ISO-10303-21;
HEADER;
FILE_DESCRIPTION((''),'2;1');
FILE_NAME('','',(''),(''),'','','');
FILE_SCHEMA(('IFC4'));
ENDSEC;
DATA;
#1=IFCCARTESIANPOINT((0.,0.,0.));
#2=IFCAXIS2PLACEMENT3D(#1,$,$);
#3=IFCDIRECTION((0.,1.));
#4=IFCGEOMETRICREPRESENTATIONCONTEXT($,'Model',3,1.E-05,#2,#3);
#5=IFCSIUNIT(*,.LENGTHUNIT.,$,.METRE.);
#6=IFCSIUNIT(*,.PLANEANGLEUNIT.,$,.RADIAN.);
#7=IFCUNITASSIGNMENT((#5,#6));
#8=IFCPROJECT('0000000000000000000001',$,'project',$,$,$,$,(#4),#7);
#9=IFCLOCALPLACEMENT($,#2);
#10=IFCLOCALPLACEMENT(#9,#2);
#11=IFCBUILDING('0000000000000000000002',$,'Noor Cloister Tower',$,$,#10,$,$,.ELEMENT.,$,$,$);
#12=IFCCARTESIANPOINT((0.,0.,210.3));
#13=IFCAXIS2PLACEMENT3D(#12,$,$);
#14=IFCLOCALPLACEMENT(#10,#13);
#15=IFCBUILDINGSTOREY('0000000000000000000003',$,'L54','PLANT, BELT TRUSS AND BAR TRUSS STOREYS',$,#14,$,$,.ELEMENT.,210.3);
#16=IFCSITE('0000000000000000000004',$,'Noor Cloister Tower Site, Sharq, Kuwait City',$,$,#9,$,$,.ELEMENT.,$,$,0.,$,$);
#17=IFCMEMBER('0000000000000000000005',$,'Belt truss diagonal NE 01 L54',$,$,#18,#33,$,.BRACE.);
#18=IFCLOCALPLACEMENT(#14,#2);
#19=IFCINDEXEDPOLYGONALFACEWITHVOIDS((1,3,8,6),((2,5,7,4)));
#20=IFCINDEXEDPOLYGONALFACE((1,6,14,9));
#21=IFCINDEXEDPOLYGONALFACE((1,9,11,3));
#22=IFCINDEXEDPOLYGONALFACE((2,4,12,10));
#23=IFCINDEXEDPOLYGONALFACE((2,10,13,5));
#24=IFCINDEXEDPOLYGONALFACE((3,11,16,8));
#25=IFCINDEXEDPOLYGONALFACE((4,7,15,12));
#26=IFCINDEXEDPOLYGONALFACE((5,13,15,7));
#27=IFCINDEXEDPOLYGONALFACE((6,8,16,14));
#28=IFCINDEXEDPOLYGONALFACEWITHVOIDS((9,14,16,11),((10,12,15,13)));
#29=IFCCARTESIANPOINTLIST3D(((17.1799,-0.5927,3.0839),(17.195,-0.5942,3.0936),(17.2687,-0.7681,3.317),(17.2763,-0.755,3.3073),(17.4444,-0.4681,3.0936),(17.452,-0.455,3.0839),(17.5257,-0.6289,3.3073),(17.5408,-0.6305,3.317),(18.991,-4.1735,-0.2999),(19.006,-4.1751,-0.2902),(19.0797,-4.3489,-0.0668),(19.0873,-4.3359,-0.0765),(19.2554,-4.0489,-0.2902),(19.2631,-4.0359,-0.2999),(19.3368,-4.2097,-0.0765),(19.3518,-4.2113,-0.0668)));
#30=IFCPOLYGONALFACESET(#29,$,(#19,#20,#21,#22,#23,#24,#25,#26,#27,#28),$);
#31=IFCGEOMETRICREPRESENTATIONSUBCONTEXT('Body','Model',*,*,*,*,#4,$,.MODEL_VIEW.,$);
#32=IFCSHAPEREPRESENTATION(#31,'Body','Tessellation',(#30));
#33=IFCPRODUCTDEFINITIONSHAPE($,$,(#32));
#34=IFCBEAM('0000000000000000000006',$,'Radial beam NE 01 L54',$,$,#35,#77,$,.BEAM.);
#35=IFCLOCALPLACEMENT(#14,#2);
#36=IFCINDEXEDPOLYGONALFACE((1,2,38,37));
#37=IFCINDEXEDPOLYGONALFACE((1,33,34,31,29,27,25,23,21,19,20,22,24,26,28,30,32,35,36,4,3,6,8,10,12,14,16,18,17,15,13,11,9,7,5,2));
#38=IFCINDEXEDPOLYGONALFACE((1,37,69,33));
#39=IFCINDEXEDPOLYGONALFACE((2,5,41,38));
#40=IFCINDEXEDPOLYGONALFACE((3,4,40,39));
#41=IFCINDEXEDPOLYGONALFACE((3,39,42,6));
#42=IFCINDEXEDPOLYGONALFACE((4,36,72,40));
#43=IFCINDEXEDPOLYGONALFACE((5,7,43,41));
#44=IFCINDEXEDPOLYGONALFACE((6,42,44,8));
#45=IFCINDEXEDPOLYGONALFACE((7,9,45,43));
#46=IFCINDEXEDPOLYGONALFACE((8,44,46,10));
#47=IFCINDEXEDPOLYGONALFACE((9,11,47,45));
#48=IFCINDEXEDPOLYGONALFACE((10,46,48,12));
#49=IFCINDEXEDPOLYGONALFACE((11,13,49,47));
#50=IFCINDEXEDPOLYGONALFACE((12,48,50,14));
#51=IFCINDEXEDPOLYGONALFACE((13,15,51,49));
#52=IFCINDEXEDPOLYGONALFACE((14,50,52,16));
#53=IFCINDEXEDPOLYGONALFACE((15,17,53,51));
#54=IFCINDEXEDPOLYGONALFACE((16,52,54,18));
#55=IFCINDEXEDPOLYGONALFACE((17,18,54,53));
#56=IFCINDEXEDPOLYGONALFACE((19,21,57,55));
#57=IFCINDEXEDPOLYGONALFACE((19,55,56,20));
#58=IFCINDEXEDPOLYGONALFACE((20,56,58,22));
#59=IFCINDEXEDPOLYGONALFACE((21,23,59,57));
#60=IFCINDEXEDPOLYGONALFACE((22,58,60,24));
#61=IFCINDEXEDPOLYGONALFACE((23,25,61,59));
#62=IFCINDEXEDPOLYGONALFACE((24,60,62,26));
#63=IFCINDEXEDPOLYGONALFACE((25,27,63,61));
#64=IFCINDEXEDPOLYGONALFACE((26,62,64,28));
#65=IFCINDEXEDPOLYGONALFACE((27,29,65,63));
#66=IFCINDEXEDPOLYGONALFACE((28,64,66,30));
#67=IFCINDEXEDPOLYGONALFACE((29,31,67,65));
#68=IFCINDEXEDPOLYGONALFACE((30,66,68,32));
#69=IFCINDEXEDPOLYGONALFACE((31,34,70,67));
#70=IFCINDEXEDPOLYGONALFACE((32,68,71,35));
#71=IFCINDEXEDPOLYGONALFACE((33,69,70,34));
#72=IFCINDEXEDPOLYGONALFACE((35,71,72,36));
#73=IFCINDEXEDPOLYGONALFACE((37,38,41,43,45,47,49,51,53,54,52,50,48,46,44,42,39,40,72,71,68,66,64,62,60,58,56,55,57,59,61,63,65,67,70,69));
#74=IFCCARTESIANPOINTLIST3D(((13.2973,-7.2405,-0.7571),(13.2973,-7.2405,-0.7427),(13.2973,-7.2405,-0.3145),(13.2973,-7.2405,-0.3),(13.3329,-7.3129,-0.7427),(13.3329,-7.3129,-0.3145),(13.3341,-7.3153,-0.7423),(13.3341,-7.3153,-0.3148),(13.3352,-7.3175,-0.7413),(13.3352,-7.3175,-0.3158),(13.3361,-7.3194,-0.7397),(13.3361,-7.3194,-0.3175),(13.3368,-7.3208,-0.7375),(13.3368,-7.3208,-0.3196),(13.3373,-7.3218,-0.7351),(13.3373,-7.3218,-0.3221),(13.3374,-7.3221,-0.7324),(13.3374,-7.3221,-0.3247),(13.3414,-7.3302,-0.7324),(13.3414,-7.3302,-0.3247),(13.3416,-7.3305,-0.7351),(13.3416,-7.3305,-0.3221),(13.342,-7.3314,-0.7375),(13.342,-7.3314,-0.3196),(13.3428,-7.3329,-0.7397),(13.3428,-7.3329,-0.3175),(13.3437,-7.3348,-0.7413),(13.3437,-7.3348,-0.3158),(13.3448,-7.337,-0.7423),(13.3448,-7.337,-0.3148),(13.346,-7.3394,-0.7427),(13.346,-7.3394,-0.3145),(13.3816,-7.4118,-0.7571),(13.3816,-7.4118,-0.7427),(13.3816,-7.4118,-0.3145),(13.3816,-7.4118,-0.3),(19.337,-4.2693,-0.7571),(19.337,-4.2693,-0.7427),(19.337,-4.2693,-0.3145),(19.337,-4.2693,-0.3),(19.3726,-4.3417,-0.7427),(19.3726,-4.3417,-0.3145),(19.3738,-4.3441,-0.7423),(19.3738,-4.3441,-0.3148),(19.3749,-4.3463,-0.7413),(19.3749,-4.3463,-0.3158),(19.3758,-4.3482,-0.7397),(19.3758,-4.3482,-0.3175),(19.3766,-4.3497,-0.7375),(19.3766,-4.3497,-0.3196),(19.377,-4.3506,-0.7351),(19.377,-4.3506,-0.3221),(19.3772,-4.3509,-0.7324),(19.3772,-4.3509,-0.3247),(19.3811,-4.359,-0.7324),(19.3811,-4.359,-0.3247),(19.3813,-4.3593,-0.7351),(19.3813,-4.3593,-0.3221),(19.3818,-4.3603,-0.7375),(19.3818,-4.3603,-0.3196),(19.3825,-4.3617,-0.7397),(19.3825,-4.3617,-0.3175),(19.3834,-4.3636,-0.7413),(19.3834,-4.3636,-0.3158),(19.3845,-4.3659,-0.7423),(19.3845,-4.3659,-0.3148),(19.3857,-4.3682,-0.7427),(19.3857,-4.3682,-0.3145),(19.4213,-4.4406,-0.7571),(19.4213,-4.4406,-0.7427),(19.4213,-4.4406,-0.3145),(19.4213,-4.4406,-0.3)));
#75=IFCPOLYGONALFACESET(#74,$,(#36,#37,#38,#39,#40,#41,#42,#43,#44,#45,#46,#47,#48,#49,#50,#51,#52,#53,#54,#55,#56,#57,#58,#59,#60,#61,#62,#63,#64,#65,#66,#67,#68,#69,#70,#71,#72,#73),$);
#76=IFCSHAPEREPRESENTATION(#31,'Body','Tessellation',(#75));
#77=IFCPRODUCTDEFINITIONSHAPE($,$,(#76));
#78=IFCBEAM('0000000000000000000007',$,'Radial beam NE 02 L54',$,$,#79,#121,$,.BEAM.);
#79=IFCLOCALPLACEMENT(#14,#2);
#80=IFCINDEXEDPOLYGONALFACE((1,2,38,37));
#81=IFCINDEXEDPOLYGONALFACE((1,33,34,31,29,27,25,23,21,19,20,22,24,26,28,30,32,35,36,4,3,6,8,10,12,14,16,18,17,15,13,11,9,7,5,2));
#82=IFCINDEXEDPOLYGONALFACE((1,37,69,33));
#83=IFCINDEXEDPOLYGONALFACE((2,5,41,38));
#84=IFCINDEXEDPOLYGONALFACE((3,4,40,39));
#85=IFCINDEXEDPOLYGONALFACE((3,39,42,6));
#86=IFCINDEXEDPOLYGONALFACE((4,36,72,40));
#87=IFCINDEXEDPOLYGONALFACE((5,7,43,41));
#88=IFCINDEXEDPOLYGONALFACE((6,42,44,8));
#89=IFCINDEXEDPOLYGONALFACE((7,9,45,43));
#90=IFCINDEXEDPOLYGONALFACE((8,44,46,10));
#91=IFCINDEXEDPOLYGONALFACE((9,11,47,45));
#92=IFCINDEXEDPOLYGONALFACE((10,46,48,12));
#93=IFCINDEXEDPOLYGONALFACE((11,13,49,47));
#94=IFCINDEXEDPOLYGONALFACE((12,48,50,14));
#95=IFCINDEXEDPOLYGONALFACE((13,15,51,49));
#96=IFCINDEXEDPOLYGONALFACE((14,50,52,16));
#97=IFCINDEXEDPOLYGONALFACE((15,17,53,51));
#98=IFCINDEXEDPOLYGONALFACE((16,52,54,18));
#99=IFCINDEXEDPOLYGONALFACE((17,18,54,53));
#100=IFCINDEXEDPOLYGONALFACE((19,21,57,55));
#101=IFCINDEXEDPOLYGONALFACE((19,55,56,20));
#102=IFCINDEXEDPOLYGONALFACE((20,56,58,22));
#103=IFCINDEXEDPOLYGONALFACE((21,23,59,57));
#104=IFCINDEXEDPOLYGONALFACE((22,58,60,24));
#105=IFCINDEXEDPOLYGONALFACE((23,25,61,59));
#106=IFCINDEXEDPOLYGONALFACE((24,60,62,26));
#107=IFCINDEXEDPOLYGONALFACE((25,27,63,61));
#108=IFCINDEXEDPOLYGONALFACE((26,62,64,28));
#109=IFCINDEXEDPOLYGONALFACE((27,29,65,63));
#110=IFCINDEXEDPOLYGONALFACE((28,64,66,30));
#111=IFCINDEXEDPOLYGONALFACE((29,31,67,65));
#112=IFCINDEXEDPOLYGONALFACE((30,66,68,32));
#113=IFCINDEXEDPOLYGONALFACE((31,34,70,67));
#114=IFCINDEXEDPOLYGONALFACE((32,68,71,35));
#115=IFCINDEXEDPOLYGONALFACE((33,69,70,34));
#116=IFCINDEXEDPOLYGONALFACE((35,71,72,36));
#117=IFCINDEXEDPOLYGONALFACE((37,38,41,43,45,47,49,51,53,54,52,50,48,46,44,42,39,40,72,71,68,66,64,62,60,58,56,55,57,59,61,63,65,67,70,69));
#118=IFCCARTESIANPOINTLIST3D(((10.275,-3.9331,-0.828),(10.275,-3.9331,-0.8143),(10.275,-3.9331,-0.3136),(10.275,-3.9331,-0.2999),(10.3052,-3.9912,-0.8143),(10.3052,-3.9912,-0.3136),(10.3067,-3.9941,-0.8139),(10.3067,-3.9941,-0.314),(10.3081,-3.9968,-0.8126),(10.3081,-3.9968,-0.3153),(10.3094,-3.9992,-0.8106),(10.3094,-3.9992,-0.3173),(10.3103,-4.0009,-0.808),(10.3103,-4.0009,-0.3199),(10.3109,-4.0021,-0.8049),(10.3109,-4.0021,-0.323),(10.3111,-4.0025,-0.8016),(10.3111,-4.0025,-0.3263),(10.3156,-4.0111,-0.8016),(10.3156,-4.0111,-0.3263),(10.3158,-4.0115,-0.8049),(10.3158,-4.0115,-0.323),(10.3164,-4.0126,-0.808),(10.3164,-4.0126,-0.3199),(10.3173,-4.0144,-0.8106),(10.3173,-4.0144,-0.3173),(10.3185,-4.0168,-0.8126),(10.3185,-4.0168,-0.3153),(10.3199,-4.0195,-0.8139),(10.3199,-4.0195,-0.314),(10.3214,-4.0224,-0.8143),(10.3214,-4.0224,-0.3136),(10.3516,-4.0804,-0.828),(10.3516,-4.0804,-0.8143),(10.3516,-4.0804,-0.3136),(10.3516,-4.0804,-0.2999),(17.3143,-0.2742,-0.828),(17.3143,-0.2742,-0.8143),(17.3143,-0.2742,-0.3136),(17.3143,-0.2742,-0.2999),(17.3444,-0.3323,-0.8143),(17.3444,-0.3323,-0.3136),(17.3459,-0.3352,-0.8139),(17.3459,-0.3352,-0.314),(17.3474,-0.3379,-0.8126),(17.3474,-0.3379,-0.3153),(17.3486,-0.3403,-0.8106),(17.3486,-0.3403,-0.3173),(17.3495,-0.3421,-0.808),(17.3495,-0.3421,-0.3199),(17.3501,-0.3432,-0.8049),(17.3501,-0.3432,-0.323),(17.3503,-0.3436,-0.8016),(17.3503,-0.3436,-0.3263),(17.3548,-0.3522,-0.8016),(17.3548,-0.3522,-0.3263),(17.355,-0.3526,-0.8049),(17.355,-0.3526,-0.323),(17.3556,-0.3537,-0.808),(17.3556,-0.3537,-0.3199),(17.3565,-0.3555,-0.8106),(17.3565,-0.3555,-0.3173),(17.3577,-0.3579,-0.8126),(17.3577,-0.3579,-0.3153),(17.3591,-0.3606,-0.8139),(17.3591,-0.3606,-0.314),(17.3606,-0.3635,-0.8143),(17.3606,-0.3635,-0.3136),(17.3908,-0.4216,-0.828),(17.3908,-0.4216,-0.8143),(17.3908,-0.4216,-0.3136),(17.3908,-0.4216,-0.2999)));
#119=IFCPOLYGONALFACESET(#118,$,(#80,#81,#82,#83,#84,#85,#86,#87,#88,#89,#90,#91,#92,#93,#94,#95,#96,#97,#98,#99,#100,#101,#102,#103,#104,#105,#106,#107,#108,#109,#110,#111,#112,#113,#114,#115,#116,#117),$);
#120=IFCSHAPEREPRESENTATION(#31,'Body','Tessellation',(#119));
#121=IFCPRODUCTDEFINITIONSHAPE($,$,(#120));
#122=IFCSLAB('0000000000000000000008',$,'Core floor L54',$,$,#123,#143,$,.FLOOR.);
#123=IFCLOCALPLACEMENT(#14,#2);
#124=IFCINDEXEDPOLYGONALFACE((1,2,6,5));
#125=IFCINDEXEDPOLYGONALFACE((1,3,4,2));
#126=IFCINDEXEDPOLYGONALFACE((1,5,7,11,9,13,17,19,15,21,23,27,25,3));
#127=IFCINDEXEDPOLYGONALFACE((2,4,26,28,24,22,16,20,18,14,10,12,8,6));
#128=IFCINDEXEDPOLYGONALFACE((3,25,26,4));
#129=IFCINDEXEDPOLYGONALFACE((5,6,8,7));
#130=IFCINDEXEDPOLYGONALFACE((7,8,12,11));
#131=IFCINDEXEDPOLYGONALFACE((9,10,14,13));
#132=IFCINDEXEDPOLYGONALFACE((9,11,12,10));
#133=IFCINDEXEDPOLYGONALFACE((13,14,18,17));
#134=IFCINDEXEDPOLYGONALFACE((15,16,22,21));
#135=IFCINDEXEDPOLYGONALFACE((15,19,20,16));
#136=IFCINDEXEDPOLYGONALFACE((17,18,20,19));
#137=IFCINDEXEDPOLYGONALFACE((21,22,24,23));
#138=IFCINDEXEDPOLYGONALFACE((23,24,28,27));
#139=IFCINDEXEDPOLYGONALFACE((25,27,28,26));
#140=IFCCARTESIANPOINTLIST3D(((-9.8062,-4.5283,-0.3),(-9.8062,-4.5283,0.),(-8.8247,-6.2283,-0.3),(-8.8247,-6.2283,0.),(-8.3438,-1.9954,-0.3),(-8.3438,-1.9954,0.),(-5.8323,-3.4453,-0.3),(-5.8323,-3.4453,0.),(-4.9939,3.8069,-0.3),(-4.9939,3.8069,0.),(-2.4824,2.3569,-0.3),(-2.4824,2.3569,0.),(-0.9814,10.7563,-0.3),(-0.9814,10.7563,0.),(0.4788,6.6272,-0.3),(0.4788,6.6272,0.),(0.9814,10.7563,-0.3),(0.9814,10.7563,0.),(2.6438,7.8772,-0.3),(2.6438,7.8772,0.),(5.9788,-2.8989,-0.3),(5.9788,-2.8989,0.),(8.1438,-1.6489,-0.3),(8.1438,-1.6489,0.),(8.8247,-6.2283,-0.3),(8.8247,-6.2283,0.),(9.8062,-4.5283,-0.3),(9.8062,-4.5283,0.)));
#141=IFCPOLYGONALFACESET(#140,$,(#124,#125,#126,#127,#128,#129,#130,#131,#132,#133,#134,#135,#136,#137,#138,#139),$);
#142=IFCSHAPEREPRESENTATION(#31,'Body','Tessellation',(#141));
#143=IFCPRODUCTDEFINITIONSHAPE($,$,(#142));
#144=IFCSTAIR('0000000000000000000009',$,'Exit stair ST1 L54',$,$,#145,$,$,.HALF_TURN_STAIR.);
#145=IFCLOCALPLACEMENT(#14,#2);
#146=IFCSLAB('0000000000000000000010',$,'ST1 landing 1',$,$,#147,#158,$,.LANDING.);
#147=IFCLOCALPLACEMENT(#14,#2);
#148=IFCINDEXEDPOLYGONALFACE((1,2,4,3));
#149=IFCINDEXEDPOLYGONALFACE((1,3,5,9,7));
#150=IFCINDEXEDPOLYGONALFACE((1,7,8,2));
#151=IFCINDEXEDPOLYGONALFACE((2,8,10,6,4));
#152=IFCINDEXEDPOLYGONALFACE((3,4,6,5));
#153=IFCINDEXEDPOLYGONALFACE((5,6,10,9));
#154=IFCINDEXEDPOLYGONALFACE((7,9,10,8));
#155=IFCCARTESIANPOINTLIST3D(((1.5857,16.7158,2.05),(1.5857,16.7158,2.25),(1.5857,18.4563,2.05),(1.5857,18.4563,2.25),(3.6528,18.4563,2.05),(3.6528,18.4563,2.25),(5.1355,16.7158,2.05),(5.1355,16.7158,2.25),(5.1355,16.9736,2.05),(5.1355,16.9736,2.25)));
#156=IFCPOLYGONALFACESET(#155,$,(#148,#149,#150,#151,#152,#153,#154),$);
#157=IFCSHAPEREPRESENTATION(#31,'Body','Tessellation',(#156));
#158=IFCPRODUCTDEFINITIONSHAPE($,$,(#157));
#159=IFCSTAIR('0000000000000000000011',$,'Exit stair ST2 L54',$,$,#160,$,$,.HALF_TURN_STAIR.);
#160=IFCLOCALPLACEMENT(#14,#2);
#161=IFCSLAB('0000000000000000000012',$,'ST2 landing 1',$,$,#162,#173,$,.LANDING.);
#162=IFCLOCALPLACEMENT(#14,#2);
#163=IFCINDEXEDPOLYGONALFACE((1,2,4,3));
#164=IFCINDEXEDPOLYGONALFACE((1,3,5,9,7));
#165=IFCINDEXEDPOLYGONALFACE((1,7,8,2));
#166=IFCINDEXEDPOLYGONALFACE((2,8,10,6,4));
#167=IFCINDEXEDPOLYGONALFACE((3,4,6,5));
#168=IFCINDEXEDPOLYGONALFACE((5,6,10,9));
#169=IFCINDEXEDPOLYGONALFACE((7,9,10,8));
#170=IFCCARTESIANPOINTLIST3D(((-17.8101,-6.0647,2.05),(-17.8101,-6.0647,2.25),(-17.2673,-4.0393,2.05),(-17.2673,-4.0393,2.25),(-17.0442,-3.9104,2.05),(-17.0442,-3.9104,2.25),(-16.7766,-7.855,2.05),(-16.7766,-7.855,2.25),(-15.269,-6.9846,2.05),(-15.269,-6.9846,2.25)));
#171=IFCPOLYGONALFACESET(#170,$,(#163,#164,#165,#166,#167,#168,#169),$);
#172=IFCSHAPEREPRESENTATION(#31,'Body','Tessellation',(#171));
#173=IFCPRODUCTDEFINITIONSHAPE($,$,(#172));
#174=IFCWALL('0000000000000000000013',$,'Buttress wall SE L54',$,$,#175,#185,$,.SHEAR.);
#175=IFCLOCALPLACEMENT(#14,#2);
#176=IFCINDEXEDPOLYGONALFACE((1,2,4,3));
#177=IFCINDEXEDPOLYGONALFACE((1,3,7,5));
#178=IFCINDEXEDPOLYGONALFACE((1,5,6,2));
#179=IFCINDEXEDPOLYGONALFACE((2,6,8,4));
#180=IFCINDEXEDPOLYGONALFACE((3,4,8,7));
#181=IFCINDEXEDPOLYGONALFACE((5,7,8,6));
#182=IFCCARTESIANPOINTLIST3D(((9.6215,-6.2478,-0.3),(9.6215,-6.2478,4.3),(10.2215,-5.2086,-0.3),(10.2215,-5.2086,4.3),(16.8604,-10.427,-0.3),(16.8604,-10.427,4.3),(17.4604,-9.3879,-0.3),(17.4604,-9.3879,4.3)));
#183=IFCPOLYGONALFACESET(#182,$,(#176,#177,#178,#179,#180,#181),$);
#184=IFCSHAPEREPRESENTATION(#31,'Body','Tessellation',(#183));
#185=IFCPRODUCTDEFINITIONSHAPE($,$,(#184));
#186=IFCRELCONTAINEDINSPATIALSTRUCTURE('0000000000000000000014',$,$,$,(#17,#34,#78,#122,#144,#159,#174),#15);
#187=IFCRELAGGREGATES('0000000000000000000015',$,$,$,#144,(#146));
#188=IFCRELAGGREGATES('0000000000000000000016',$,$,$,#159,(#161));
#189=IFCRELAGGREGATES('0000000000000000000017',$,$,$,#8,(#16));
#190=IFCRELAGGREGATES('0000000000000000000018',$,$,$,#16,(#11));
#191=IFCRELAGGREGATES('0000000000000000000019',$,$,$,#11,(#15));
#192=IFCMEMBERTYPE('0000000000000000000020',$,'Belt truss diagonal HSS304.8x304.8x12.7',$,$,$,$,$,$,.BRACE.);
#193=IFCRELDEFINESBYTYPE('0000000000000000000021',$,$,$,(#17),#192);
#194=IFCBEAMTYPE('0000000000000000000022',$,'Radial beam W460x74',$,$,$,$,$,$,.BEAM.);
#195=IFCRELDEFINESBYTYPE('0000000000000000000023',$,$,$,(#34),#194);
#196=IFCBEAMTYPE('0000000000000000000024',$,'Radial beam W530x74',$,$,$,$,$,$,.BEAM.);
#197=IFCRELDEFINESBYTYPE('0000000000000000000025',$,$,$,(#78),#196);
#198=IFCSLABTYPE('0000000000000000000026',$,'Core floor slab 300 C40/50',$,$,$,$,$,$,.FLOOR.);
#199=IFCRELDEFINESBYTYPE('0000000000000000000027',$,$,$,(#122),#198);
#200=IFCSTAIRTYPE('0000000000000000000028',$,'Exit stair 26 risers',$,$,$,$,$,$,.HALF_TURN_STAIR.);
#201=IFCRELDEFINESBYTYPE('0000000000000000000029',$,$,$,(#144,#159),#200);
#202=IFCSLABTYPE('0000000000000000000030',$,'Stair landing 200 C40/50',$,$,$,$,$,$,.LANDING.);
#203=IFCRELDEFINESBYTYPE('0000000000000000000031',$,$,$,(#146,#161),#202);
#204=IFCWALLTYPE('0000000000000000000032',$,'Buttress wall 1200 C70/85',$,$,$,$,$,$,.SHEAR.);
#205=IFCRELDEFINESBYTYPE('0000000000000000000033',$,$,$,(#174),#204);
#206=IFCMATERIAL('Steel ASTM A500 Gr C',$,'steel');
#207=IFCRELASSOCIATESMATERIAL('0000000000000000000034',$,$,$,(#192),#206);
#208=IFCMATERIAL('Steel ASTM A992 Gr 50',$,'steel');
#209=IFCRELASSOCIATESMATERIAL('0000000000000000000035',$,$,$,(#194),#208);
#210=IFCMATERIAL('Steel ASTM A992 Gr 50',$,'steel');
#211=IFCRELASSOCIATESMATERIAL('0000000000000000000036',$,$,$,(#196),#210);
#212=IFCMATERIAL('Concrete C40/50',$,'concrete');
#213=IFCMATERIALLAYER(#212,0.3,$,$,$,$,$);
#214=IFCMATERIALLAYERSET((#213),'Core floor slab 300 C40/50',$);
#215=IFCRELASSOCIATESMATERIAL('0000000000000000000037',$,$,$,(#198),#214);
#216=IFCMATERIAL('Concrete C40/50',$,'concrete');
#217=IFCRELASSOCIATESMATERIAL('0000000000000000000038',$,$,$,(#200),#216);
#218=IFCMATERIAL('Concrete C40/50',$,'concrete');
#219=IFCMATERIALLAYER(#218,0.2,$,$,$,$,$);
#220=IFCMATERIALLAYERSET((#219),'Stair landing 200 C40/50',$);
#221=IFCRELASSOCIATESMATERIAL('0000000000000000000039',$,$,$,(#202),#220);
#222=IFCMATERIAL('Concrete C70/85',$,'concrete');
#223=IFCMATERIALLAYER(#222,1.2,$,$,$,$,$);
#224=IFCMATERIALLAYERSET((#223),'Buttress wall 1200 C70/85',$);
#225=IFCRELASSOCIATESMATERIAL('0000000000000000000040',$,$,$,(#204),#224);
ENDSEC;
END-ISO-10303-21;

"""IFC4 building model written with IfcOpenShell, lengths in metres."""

from ifc_helpers import new_model, si_unit, direction, frame, frame_2d, origin, origin_2d, place, context, subcontext, project, spatial, polyline, rectangle, hollow_rectangle, i_section, outline, extrude, material, layer, layer_set, material_profile, profile_set, type_object, element, aggregate, save


model = new_model("IFC4")

# Units and contexts
model_context = context("Model", 3, precision=1e-05, world=origin(), true_north=direction((0.0, 1.0)))
body_context = subcontext(model_context, "Body", "Model", "MODEL_VIEW")
ifc_project = project(units=[si_unit("LENGTHUNIT", "METRE"), si_unit("PLANEANGLEUNIT", "RADIAN")], contexts=[model_context])

# Site, building, storey
site_placement = place(None, origin())
site = spatial("IfcSite", under=ifc_project, at=site_placement, Name="Noor Cloister Tower Site, Sharq, Kuwait City", CompositionType="ELEMENT", RefElevation=0.0)
building_placement = place(site_placement, origin())
building = spatial("IfcBuilding", under=site, at=building_placement, Name="Noor Cloister Tower", CompositionType="ELEMENT")
storey_placement = place(building_placement, frame((0.0, 0.0, 210.3)))
storey = spatial("IfcBuildingStorey", under=building, at=storey_placement, Name="L54", Description="PLANT, BELT TRUSS AND BAR TRUSS STOREYS", CompositionType="ELEMENT", Elevation=210.3)

# Member
ifc_material_1 = material(Name="Steel ASTM A500 Gr C", Category="steel")
ifc_material_profile_1 = material_profile(ifc_material_1, hollow_rectangle(XDim=0.3049, YDim=0.3049, WallThickness=0.0127, at=origin_2d()), Name="HSS304.8x304.8x12.7")
ifc_profile_set_1 = profile_set([ifc_material_profile_1], Name="Steel ASTM A500 Gr C")
member_type = type_object("IfcMemberType", Name="Belt truss diagonal HSS304.8x304.8x12.7", PredefinedType="BRACE", material=ifc_profile_set_1)
member_placement = place(storey_placement, frame((19.1714, -4.1924, -0.1833), z_axis=(-0.345024, 0.682188, 0.644653), x_axis=(-0.892361, -0.451322, 0.0)))
element("IfcMember", 1, at=member_placement, inside=storey, type_object=member_type, Name="Belt truss diagonal NE 01 L54", PredefinedType="BRACE", context=body_context, shape_type="SweptSolid", body=[
    extrude(hollow_rectangle(XDim=0.3049, YDim=0.3049, WallThickness=0.0127, at=origin_2d()), origin(), (0.0, 0.0, 1.0), 5.249),
])

# Beams
ifc_material_2 = material(Name="Steel ASTM A992 Gr 50", Category="steel")
ifc_material_profile_2 = material_profile(ifc_material_2, i_section(OverallWidth=0.1909, OverallDepth=0.457, WebThickness=0.009, FlangeThickness=0.0144, FilletRadius=0.0103, at=origin_2d()), Name="W460x74")
ifc_profile_set_2 = profile_set([ifc_material_profile_2], Name="Steel ASTM A992 Gr 50")
beam_type_1 = type_object("IfcBeamType", Name="Radial beam W460x74", PredefinedType="BEAM", material=ifc_profile_set_2)
beam_1_placement = place(storey_placement, frame((19.3792, -4.355, -0.5286), z_axis=(-0.897303, -0.441415, 0.0), x_axis=(0.441415, -0.897303, 0.0)))
element("IfcBeam", 2, at=beam_1_placement, inside=storey, type_object=beam_type_1, Name="Radial beam NE 01 L54", PredefinedType="BEAM", context=body_context, shape_type="SweptSolid", body=[
    extrude(i_section(OverallWidth=0.1909, OverallDepth=0.457, WebThickness=0.009, FlangeThickness=0.0144, FilletRadius=0.0103, at=origin_2d()), origin(), (0.0, 0.0, 1.0), 6.731),
])
ifc_material_3 = material(Name="Steel ASTM A992 Gr 50", Category="steel")
ifc_material_profile_3 = material_profile(ifc_material_3, i_section(OverallWidth=0.166, OverallDepth=0.5281, WebThickness=0.0098, FlangeThickness=0.0137, FilletRadius=0.0127, at=origin_2d()), Name="W530x74")
ifc_profile_set_3 = profile_set([ifc_material_profile_3], Name="Steel ASTM A992 Gr 50")
beam_type_2 = type_object("IfcBeamType", Name="Radial beam W530x74", PredefinedType="BEAM", material=ifc_profile_set_3)
beam_2_placement = place(storey_placement, frame((17.3525, -0.3479, -0.564), z_axis=(-0.887294, -0.461204, 0.0), x_axis=(0.461204, -0.887294, 0.0)))
element("IfcBeam", 3, at=beam_2_placement, inside=storey, type_object=beam_type_2, Name="Radial beam NE 02 L54", PredefinedType="BEAM", context=body_context, shape_type="SweptSolid", body=[
    extrude(i_section(OverallWidth=0.166, OverallDepth=0.5281, WebThickness=0.0098, FlangeThickness=0.0137, FilletRadius=0.0127, at=origin_2d()), origin(), (0.0, 0.0, 1.0), 7.9333),
])

# Slab
ifc_material_4 = material(Name="Concrete C40/50", Category="concrete")
ifc_layer_1 = layer(ifc_material_4, 0.3)
ifc_layer_set_1 = layer_set([ifc_layer_1], Name="Core floor slab 300 C40/50")
slab_type_1 = type_object("IfcSlabType", Name="Core floor slab 300 C40/50", PredefinedType="FLOOR", material=ifc_layer_set_1)
slab_1_placement = place(storey_placement, frame((0.0, 0.0, -0.3)))
element("IfcSlab", 4, at=slab_1_placement, inside=storey, type_object=slab_type_1, Name="Core floor L54", PredefinedType="FLOOR", context=body_context, shape_type="SweptSolid", body=[
    extrude(outline(polyline([(2.6438, 7.8772), (0.9814, 10.7563), (-0.9814, 10.7563), (-4.9939, 3.8069), (-2.4824, 2.3569), (-5.8323, -3.4453), (-8.3438, -1.9954), (-9.8062, -4.5283), (-8.8247, -6.2283), (8.8247, -6.2283), (9.8062, -4.5283), (8.1438, -1.6489), (5.9788, -2.8989), (0.4788, 6.6272), (2.6438, 7.8772)])), origin(), (0.0, 0.0, 1.0), 0.3),
])

# Stairs, slabs
ifc_material_5 = material(Name="Concrete C40/50", Category="concrete")
stair_type = type_object("IfcStairType", Name="Exit stair 26 risers", PredefinedType="HALF_TURN_STAIR", material=ifc_material_5)
stair_1_placement = place(storey_placement, origin())
stair_1 = element("IfcStair", 5, at=stair_1_placement, inside=storey, type_object=stair_type, Name="Exit stair ST1 L54", PredefinedType="HALF_TURN_STAIR")
ifc_material_6 = material(Name="Concrete C40/50", Category="concrete")
ifc_layer_2 = layer(ifc_material_6, 0.2)
ifc_layer_set_2 = layer_set([ifc_layer_2], Name="Stair landing 200 C40/50")
slab_type_2 = type_object("IfcSlabType", Name="Stair landing 200 C40/50", PredefinedType="LANDING", material=ifc_layer_set_2)
slab_2_placement = place(storey_placement, frame((0.0, 0.0, 2.05)))
slab_2 = element("IfcSlab", 6, at=slab_2_placement, type_object=slab_type_2, Name="ST1 landing 1", PredefinedType="LANDING", context=body_context, shape_type="SweptSolid", body=[
    extrude(outline(polyline([(5.1355, 16.7158), (5.1355, 16.9736), (3.6528, 18.4563), (1.5857, 18.4563), (1.5857, 16.7158), (5.1355, 16.7158)])), origin(), (0.0, 0.0, 1.0), 0.2),
])
aggregate(stair_1, [slab_2])
stair_2_placement = place(storey_placement, origin())
stair_2 = element("IfcStair", 7, at=stair_2_placement, inside=storey, type_object=stair_type, Name="Exit stair ST2 L54", PredefinedType="HALF_TURN_STAIR")
slab_3_placement = place(storey_placement, frame((0.0, 0.0, 2.05)))
slab_3 = element("IfcSlab", 8, at=slab_3_placement, type_object=slab_type_2, Name="ST2 landing 1", PredefinedType="LANDING", context=body_context, shape_type="SweptSolid", body=[
    extrude(outline(polyline([(-17.0442, -3.9104), (-17.2673, -4.0393), (-17.8101, -6.0647), (-16.7766, -7.855), (-15.269, -6.9846), (-17.0442, -3.9104)])), origin(), (0.0, 0.0, 1.0), 0.2),
])
aggregate(stair_2, [slab_3])

# Wall
ifc_material_7 = material(Name="Concrete C70/85", Category="concrete")
ifc_layer_3 = layer(ifc_material_7, 1.2)
ifc_layer_set_3 = layer_set([ifc_layer_3], Name="Buttress wall 1200 C70/85")
wall_type_1 = type_object("IfcWallType", Name="Buttress wall 1200 C70/85", PredefinedType="SHEAR", material=ifc_layer_set_3)
wall_1_placement = place(storey_placement, frame((9.9216, -5.7283, -0.3), z_axis=(0.0, 0.0, 1.0), x_axis=(0.866031, -0.49999, 0.0)))
element("IfcWall", 9, at=wall_1_placement, inside=storey, type_object=wall_type_1, Name="Buttress wall SE L54", PredefinedType="SHEAR", context=body_context, shape_type="SweptSolid", body=[
    extrude(rectangle(XDim=8.3586, YDim=1.2, at=frame_2d((4.1792, 0.0))), origin(), (0.0, 0.0, 1.0), 4.6001),
])

save(model, "model.ifc")
